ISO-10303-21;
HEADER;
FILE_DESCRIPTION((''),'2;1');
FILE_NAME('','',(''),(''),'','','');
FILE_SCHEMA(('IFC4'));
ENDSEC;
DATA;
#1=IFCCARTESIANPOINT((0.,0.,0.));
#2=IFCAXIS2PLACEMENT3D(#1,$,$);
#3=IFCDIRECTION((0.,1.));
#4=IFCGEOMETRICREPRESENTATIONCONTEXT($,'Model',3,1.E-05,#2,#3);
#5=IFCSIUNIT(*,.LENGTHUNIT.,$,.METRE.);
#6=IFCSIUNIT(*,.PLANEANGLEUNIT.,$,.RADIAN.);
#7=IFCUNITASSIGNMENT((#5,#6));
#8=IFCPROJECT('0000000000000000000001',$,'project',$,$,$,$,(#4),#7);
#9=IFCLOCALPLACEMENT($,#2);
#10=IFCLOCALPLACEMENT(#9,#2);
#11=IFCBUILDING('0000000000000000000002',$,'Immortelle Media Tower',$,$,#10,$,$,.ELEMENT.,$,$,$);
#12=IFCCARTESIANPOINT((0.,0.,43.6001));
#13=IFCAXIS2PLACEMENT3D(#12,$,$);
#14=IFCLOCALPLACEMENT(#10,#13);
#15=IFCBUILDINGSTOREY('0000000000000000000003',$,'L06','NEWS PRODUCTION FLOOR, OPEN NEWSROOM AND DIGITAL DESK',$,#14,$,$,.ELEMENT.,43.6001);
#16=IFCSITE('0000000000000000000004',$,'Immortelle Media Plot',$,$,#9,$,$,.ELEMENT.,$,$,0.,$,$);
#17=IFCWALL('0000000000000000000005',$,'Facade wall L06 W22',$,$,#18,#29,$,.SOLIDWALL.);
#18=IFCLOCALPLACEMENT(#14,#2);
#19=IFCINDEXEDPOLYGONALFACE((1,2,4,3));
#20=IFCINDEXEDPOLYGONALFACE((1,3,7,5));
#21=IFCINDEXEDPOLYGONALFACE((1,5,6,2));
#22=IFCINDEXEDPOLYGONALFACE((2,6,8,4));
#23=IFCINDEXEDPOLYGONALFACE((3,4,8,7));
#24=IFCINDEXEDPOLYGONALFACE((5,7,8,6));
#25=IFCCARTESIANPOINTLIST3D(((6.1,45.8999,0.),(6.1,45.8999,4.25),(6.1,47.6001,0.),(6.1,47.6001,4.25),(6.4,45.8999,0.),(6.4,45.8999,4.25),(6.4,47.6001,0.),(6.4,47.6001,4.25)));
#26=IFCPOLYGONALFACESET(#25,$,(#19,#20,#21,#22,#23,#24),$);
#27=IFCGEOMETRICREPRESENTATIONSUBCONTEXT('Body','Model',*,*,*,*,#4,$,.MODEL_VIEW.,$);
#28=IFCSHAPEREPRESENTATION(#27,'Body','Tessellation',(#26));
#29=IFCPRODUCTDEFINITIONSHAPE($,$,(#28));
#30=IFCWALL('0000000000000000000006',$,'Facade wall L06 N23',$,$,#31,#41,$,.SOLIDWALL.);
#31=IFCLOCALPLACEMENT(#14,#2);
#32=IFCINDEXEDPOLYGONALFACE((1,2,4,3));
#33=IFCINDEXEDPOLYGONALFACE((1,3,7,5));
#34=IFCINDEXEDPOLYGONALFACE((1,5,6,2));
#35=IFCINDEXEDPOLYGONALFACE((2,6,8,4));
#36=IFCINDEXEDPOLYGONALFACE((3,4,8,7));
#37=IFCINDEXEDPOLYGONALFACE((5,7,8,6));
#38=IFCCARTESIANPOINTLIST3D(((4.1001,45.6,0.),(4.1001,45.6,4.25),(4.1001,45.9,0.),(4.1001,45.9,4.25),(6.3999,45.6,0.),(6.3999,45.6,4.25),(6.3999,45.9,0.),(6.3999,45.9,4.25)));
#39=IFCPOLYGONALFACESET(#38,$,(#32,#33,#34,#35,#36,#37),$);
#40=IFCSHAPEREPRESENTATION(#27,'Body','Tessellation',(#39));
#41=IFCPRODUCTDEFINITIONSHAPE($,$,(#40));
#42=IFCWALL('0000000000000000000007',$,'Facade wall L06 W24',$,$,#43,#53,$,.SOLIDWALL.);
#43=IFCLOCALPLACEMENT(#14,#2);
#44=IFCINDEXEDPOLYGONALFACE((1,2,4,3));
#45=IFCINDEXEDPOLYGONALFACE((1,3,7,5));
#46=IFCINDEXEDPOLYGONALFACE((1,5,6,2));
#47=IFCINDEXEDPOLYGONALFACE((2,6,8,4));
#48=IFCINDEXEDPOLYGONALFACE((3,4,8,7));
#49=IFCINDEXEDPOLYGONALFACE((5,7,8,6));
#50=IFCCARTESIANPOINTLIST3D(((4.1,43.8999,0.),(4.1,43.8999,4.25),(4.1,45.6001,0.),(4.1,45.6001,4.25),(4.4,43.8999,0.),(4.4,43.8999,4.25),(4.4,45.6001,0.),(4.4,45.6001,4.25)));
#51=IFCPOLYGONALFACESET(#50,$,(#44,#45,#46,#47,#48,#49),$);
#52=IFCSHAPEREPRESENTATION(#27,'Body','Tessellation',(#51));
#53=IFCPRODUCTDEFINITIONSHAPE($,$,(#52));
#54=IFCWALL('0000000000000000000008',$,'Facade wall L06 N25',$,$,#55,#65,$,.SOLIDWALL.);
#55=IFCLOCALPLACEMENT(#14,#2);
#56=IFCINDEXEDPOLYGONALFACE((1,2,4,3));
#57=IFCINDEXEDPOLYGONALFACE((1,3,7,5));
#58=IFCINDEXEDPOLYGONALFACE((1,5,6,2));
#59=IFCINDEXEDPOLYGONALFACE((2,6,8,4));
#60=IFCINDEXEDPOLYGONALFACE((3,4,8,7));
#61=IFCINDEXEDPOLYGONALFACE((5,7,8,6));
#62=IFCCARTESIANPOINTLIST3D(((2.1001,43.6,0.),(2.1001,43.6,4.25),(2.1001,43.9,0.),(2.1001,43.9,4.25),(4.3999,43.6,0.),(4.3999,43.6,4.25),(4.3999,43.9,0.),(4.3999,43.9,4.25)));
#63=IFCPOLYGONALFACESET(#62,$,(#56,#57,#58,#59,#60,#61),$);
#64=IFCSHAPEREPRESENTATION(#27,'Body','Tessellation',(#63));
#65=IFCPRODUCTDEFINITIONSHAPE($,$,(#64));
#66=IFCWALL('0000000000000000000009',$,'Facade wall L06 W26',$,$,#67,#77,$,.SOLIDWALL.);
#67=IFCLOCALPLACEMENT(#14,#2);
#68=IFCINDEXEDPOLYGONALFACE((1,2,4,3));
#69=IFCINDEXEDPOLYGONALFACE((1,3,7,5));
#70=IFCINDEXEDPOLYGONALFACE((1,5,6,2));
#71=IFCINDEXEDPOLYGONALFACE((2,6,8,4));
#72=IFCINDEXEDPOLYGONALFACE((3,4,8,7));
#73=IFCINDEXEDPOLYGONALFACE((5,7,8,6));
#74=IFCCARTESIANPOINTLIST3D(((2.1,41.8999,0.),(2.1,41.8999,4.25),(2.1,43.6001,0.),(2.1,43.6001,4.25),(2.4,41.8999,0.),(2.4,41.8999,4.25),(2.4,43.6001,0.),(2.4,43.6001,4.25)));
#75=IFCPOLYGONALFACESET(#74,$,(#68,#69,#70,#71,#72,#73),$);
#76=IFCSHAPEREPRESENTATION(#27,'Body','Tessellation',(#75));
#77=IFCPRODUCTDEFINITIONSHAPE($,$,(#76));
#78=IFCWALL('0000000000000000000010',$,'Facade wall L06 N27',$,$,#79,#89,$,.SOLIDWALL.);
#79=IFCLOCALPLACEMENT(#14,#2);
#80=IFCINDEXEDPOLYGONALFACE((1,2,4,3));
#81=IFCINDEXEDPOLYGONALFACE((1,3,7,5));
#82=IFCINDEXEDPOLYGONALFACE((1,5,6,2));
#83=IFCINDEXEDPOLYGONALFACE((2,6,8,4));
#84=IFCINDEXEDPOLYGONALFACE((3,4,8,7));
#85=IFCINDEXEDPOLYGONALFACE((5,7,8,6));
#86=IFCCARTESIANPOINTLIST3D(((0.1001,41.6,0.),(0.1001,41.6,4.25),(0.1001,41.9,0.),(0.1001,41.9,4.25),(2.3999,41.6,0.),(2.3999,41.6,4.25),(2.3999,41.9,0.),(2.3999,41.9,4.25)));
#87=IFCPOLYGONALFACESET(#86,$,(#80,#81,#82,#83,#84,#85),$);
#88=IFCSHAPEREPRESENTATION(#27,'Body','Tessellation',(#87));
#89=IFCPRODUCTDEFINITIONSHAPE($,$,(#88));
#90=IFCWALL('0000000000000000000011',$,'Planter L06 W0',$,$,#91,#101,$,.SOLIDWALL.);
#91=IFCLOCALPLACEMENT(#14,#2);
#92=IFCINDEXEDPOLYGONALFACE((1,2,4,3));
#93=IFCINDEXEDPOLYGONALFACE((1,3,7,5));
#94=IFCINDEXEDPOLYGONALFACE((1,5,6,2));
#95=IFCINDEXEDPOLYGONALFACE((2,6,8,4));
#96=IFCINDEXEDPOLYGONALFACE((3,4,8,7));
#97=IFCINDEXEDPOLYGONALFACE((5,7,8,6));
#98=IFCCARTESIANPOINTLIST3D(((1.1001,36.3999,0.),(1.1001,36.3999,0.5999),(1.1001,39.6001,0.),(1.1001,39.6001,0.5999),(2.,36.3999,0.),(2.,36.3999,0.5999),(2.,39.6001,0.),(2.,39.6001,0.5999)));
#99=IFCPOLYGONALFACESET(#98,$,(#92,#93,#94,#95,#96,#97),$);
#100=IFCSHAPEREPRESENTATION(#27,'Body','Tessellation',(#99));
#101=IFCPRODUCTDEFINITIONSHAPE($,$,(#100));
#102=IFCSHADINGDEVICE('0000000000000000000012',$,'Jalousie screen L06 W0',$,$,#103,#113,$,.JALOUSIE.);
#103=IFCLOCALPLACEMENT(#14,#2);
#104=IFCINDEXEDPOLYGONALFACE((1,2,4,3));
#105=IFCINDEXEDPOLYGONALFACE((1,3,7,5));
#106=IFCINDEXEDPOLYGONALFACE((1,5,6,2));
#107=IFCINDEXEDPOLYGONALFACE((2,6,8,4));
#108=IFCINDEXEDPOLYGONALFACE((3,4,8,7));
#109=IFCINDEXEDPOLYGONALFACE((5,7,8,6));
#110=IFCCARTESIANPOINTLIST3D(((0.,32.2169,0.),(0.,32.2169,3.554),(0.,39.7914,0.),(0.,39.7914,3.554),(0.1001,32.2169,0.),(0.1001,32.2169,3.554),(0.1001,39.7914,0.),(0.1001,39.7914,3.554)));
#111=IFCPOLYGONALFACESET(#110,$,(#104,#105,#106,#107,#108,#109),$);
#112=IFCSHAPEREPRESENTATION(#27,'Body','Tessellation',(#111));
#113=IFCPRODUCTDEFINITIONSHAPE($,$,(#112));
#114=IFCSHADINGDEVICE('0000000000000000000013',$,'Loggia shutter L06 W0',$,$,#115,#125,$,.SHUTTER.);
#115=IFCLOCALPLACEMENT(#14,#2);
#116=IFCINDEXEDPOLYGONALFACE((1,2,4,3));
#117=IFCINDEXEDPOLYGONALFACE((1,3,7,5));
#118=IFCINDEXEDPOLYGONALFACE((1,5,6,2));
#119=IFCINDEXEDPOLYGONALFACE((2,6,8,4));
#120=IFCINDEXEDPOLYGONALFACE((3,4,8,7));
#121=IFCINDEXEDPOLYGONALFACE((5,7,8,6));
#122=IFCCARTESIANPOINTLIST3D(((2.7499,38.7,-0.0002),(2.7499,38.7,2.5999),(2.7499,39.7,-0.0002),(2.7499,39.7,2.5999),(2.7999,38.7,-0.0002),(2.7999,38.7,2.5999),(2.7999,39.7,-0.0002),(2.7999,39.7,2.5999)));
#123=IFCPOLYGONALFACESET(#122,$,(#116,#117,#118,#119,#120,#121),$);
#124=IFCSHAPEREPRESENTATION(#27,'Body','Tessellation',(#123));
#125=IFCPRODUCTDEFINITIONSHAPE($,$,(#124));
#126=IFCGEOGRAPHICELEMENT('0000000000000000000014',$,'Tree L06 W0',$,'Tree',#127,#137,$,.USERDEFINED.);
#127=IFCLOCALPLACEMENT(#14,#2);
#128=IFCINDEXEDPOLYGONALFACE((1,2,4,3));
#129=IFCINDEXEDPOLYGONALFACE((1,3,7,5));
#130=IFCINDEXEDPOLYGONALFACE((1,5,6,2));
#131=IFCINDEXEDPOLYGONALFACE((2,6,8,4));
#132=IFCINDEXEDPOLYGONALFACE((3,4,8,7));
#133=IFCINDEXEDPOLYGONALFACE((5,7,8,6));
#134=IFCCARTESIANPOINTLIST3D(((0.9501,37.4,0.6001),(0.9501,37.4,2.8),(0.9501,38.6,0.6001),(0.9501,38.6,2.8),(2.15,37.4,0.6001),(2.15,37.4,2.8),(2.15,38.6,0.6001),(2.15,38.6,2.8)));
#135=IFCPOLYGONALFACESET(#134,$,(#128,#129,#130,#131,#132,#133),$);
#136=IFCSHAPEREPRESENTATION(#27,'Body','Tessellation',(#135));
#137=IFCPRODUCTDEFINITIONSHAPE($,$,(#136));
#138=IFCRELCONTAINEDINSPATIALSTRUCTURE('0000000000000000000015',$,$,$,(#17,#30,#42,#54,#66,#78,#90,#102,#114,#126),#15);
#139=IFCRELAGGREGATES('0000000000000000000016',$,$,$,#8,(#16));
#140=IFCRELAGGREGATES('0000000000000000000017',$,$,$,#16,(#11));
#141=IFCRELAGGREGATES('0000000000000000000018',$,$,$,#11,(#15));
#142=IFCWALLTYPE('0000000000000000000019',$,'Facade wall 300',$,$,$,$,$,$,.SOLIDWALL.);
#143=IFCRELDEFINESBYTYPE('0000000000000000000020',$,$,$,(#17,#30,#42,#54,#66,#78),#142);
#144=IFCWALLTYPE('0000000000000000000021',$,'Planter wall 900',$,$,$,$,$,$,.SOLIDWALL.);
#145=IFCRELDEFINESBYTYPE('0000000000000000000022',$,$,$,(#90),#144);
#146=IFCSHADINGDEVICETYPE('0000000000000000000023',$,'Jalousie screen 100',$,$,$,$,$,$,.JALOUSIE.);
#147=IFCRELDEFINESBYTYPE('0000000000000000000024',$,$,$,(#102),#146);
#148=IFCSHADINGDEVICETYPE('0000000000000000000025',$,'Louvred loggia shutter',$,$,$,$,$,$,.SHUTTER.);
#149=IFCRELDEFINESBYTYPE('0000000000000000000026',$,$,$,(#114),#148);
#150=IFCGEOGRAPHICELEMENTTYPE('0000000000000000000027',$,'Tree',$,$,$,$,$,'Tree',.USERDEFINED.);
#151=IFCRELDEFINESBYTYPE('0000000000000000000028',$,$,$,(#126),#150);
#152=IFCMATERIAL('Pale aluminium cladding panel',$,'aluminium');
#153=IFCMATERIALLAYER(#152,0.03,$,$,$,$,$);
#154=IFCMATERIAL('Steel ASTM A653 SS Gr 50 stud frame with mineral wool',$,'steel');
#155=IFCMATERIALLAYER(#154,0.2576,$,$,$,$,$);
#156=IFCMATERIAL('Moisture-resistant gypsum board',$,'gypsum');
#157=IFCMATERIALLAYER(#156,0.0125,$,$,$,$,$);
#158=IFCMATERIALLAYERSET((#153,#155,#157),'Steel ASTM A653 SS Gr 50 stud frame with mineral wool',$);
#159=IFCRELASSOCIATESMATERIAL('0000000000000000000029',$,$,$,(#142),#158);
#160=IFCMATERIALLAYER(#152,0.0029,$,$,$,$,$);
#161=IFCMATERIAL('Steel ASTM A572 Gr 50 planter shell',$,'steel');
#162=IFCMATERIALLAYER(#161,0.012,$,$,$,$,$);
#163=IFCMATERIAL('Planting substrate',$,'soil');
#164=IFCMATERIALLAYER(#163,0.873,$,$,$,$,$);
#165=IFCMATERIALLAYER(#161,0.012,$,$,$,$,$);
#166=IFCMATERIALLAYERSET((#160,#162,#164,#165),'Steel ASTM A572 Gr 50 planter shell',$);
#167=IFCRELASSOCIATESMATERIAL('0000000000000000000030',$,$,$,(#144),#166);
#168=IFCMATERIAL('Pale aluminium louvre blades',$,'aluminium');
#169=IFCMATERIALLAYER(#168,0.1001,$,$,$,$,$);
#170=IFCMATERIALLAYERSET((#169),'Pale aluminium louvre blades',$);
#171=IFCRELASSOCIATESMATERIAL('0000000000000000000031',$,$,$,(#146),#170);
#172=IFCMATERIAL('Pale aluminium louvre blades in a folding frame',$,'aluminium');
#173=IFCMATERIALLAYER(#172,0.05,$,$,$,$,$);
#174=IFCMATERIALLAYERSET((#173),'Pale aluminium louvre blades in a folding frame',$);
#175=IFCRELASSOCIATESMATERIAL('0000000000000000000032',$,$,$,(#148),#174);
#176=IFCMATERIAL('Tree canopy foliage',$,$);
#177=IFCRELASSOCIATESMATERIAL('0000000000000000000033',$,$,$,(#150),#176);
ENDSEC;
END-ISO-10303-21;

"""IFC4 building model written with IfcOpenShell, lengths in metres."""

from ifc_helpers import new_model, si_unit, direction, frame, frame_2d, origin, origin_2d, place, context, subcontext, project, spatial, rectangle, extrude, material, layer, layer_set, type_object, element, save


model = new_model("IFC4")

# Units and contexts
model_context = context("Model", 3, precision=1e-05, world=origin(), true_north=direction((0.0, 1.0)))
body_context = subcontext(model_context, "Body", "Model", "MODEL_VIEW")
ifc_project = project(units=[si_unit("LENGTHUNIT", "METRE"), si_unit("PLANEANGLEUNIT", "RADIAN")], contexts=[model_context])

# Site, building, storey
site_placement = place(None, origin())
site = spatial("IfcSite", under=ifc_project, at=site_placement, Name="Immortelle Media Plot", CompositionType="ELEMENT", RefElevation=0.0)
building_placement = place(site_placement, origin())
building = spatial("IfcBuilding", under=site, at=building_placement, Name="Immortelle Media Tower", CompositionType="ELEMENT")
storey_placement = place(building_placement, frame((0.0, 0.0, 43.6001)))
storey = spatial("IfcBuildingStorey", under=building, at=storey_placement, Name="L06", Description="NEWS PRODUCTION FLOOR, OPEN NEWSROOM AND DIGITAL DESK", CompositionType="ELEMENT", Elevation=43.6001)

# Shared definitions
ifc_material_1 = material(Name="Pale aluminium cladding panel", Category="aluminium")
ifc_layer_1 = layer(ifc_material_1, 0.03)
ifc_material_2 = material(Name="Steel ASTM A653 SS Gr 50 stud frame with mineral wool", Category="steel")
ifc_layer_2 = layer(ifc_material_2, 0.2576)
ifc_material_3 = material(Name="Moisture-resistant gypsum board", Category="gypsum")
ifc_layer_3 = layer(ifc_material_3, 0.0125)
ifc_layer_set_1 = layer_set([ifc_layer_1, ifc_layer_2, ifc_layer_3], Name="Steel ASTM A653 SS Gr 50 stud frame with mineral wool")
wall_type_1 = type_object("IfcWallType", Name="Facade wall 300", PredefinedType="SOLIDWALL", material=ifc_layer_set_1)

# Walls
wall_1_placement = place(storey_placement, frame((6.25, 47.6001, 0.0), z_axis=(0.0, 0.0, 1.0), x_axis=(0.0, -1.0, 0.0)))
element("IfcWall", 1, at=wall_1_placement, inside=storey, type_object=wall_type_1, Name="Facade wall L06 W22", PredefinedType="SOLIDWALL", context=body_context, shape_type="SweptSolid", body=[
    extrude(rectangle(XDim=1.7002, YDim=0.3, at=frame_2d((0.8501, 0.0))), origin(), (0.0, 0.0, 1.0), 4.25),
])
wall_2_placement = place(storey_placement, frame((6.3999, 45.75, 0.0), z_axis=(0.0, 0.0, 1.0), x_axis=(-1.0, 0.0, 0.0)))
element("IfcWall", 2, at=wall_2_placement, inside=storey, type_object=wall_type_1, Name="Facade wall L06 N23", PredefinedType="SOLIDWALL", context=body_context, shape_type="SweptSolid", body=[
    extrude(rectangle(XDim=2.2998, YDim=0.3, at=frame_2d((1.1499, 0.0))), origin(), (0.0, 0.0, 1.0), 4.25),
])
wall_3_placement = place(storey_placement, frame((4.25, 45.6001, 0.0), z_axis=(0.0, 0.0, 1.0), x_axis=(0.0, -1.0, 0.0)))
element("IfcWall", 3, at=wall_3_placement, inside=storey, type_object=wall_type_1, Name="Facade wall L06 W24", PredefinedType="SOLIDWALL", context=body_context, shape_type="SweptSolid", body=[
    extrude(rectangle(XDim=1.7002, YDim=0.3, at=frame_2d((0.8501, 0.0))), origin(), (0.0, 0.0, 1.0), 4.25),
])
wall_4_placement = place(storey_placement, frame((4.3999, 43.75, 0.0), z_axis=(0.0, 0.0, 1.0), x_axis=(-1.0, 0.0, 0.0)))
element("IfcWall", 4, at=wall_4_placement, inside=storey, type_object=wall_type_1, Name="Facade wall L06 N25", PredefinedType="SOLIDWALL", context=body_context, shape_type="SweptSolid", body=[
    extrude(rectangle(XDim=2.2998, YDim=0.3, at=frame_2d((1.1499, 0.0))), origin(), (0.0, 0.0, 1.0), 4.25),
])
wall_5_placement = place(storey_placement, frame((2.25, 43.6001, 0.0), z_axis=(0.0, 0.0, 1.0), x_axis=(0.0, -1.0, 0.0)))
element("IfcWall", 5, at=wall_5_placement, inside=storey, type_object=wall_type_1, Name="Facade wall L06 W26", PredefinedType="SOLIDWALL", context=body_context, shape_type="SweptSolid", body=[
    extrude(rectangle(XDim=1.7002, YDim=0.3, at=frame_2d((0.8501, 0.0))), origin(), (0.0, 0.0, 1.0), 4.25),
])
wall_6_placement = place(storey_placement, frame((2.3999, 41.75, 0.0), z_axis=(0.0, 0.0, 1.0), x_axis=(-1.0, 0.0, 0.0)))
element("IfcWall", 6, at=wall_6_placement, inside=storey, type_object=wall_type_1, Name="Facade wall L06 N27", PredefinedType="SOLIDWALL", context=body_context, shape_type="SweptSolid", body=[
    extrude(rectangle(XDim=2.2998, YDim=0.3, at=frame_2d((1.1499, 0.0))), origin(), (0.0, 0.0, 1.0), 4.25),
])
ifc_layer_4 = layer(ifc_material_1, 0.0029)
ifc_material_4 = material(Name="Steel ASTM A572 Gr 50 planter shell", Category="steel")
ifc_layer_5 = layer(ifc_material_4, 0.012)
ifc_material_5 = material(Name="Planting substrate", Category="soil")
ifc_layer_6 = layer(ifc_material_5, 0.873)
ifc_layer_7 = layer(ifc_material_4, 0.012)
ifc_layer_set_2 = layer_set([ifc_layer_4, ifc_layer_5, ifc_layer_6, ifc_layer_7], Name="Steel ASTM A572 Gr 50 planter shell")
wall_type_2 = type_object("IfcWallType", Name="Planter wall 900", PredefinedType="SOLIDWALL", material=ifc_layer_set_2)
wall_7_placement = place(storey_placement, frame((1.55, 39.6001, 0.0), z_axis=(0.0, 0.0, 1.0), x_axis=(0.0, -1.0, 0.0)))
element("IfcWall", 7, at=wall_7_placement, inside=storey, type_object=wall_type_2, Name="Planter L06 W0", PredefinedType="SOLIDWALL", context=body_context, shape_type="SweptSolid", body=[
    extrude(rectangle(XDim=3.2002, YDim=0.8999, at=frame_2d((1.6001, 0.0))), origin(), (0.0, 0.0, 1.0), 0.5999),
])

# Shading devices
ifc_material_6 = material(Name="Pale aluminium louvre blades", Category="aluminium")
ifc_layer_8 = layer(ifc_material_6, 0.1001)
ifc_layer_set_3 = layer_set([ifc_layer_8], Name="Pale aluminium louvre blades")
shading_device_type_1 = type_object("IfcShadingDeviceType", Name="Jalousie screen 100", PredefinedType="JALOUSIE", material=ifc_layer_set_3)
shading_device_1_placement = place(storey_placement, frame((0.05, 36.0042, 0.0), z_axis=(0.0, 0.0, 1.0), x_axis=(0.0, -1.0, 0.0)))
element("IfcShadingDevice", 8, at=shading_device_1_placement, inside=storey, type_object=shading_device_type_1, Name="Jalousie screen L06 W0", PredefinedType="JALOUSIE", context=body_context, shape_type="SweptSolid", body=[
    extrude(rectangle(XDim=7.5745, YDim=0.1001, at=origin_2d()), origin(), (0.0, 0.0, 1.0), 3.554),
])
ifc_material_7 = material(Name="Pale aluminium louvre blades in a folding frame", Category="aluminium")
ifc_layer_9 = layer(ifc_material_7, 0.05)
ifc_layer_set_4 = layer_set([ifc_layer_9], Name="Pale aluminium louvre blades in a folding frame")
shading_device_type_2 = type_object("IfcShadingDeviceType", Name="Louvred loggia shutter", PredefinedType="SHUTTER", material=ifc_layer_set_4)
shading_device_2_placement = place(storey_placement, frame((2.7749, 39.2, -0.0002), z_axis=(0.0, 0.0, 1.0), x_axis=(0.0, -1.0, 0.0)))
element("IfcShadingDevice", 9, at=shading_device_2_placement, inside=storey, type_object=shading_device_type_2, Name="Loggia shutter L06 W0", PredefinedType="SHUTTER", context=body_context, shape_type="SweptSolid", body=[
    extrude(rectangle(XDim=1.0, YDim=0.05, at=origin_2d()), origin(), (0.0, 0.0, 1.0), 2.6001),
])

# Geographic element
ifc_material_8 = material(Name="Tree canopy foliage")
geographic_element_type = type_object("IfcGeographicElementType", Name="Tree", ElementType="Tree", PredefinedType="USERDEFINED", material=ifc_material_8)
geographic_element_placement = place(storey_placement, frame((1.55, 38.0, 0.6001), z_axis=(0.0, 0.0, 1.0), x_axis=(1.0, 0.0, 0.0)))
element("IfcGeographicElement", 10, at=geographic_element_placement, inside=storey, type_object=geographic_element_type, Name="Tree L06 W0", ObjectType="Tree", PredefinedType="USERDEFINED", context=body_context, shape_type="SweptSolid", body=[
    extrude(rectangle(XDim=1.2, YDim=1.2, at=origin_2d()), origin(), (0.0, 0.0, 1.0), 2.2),
])

save(model, "model.ifc")
